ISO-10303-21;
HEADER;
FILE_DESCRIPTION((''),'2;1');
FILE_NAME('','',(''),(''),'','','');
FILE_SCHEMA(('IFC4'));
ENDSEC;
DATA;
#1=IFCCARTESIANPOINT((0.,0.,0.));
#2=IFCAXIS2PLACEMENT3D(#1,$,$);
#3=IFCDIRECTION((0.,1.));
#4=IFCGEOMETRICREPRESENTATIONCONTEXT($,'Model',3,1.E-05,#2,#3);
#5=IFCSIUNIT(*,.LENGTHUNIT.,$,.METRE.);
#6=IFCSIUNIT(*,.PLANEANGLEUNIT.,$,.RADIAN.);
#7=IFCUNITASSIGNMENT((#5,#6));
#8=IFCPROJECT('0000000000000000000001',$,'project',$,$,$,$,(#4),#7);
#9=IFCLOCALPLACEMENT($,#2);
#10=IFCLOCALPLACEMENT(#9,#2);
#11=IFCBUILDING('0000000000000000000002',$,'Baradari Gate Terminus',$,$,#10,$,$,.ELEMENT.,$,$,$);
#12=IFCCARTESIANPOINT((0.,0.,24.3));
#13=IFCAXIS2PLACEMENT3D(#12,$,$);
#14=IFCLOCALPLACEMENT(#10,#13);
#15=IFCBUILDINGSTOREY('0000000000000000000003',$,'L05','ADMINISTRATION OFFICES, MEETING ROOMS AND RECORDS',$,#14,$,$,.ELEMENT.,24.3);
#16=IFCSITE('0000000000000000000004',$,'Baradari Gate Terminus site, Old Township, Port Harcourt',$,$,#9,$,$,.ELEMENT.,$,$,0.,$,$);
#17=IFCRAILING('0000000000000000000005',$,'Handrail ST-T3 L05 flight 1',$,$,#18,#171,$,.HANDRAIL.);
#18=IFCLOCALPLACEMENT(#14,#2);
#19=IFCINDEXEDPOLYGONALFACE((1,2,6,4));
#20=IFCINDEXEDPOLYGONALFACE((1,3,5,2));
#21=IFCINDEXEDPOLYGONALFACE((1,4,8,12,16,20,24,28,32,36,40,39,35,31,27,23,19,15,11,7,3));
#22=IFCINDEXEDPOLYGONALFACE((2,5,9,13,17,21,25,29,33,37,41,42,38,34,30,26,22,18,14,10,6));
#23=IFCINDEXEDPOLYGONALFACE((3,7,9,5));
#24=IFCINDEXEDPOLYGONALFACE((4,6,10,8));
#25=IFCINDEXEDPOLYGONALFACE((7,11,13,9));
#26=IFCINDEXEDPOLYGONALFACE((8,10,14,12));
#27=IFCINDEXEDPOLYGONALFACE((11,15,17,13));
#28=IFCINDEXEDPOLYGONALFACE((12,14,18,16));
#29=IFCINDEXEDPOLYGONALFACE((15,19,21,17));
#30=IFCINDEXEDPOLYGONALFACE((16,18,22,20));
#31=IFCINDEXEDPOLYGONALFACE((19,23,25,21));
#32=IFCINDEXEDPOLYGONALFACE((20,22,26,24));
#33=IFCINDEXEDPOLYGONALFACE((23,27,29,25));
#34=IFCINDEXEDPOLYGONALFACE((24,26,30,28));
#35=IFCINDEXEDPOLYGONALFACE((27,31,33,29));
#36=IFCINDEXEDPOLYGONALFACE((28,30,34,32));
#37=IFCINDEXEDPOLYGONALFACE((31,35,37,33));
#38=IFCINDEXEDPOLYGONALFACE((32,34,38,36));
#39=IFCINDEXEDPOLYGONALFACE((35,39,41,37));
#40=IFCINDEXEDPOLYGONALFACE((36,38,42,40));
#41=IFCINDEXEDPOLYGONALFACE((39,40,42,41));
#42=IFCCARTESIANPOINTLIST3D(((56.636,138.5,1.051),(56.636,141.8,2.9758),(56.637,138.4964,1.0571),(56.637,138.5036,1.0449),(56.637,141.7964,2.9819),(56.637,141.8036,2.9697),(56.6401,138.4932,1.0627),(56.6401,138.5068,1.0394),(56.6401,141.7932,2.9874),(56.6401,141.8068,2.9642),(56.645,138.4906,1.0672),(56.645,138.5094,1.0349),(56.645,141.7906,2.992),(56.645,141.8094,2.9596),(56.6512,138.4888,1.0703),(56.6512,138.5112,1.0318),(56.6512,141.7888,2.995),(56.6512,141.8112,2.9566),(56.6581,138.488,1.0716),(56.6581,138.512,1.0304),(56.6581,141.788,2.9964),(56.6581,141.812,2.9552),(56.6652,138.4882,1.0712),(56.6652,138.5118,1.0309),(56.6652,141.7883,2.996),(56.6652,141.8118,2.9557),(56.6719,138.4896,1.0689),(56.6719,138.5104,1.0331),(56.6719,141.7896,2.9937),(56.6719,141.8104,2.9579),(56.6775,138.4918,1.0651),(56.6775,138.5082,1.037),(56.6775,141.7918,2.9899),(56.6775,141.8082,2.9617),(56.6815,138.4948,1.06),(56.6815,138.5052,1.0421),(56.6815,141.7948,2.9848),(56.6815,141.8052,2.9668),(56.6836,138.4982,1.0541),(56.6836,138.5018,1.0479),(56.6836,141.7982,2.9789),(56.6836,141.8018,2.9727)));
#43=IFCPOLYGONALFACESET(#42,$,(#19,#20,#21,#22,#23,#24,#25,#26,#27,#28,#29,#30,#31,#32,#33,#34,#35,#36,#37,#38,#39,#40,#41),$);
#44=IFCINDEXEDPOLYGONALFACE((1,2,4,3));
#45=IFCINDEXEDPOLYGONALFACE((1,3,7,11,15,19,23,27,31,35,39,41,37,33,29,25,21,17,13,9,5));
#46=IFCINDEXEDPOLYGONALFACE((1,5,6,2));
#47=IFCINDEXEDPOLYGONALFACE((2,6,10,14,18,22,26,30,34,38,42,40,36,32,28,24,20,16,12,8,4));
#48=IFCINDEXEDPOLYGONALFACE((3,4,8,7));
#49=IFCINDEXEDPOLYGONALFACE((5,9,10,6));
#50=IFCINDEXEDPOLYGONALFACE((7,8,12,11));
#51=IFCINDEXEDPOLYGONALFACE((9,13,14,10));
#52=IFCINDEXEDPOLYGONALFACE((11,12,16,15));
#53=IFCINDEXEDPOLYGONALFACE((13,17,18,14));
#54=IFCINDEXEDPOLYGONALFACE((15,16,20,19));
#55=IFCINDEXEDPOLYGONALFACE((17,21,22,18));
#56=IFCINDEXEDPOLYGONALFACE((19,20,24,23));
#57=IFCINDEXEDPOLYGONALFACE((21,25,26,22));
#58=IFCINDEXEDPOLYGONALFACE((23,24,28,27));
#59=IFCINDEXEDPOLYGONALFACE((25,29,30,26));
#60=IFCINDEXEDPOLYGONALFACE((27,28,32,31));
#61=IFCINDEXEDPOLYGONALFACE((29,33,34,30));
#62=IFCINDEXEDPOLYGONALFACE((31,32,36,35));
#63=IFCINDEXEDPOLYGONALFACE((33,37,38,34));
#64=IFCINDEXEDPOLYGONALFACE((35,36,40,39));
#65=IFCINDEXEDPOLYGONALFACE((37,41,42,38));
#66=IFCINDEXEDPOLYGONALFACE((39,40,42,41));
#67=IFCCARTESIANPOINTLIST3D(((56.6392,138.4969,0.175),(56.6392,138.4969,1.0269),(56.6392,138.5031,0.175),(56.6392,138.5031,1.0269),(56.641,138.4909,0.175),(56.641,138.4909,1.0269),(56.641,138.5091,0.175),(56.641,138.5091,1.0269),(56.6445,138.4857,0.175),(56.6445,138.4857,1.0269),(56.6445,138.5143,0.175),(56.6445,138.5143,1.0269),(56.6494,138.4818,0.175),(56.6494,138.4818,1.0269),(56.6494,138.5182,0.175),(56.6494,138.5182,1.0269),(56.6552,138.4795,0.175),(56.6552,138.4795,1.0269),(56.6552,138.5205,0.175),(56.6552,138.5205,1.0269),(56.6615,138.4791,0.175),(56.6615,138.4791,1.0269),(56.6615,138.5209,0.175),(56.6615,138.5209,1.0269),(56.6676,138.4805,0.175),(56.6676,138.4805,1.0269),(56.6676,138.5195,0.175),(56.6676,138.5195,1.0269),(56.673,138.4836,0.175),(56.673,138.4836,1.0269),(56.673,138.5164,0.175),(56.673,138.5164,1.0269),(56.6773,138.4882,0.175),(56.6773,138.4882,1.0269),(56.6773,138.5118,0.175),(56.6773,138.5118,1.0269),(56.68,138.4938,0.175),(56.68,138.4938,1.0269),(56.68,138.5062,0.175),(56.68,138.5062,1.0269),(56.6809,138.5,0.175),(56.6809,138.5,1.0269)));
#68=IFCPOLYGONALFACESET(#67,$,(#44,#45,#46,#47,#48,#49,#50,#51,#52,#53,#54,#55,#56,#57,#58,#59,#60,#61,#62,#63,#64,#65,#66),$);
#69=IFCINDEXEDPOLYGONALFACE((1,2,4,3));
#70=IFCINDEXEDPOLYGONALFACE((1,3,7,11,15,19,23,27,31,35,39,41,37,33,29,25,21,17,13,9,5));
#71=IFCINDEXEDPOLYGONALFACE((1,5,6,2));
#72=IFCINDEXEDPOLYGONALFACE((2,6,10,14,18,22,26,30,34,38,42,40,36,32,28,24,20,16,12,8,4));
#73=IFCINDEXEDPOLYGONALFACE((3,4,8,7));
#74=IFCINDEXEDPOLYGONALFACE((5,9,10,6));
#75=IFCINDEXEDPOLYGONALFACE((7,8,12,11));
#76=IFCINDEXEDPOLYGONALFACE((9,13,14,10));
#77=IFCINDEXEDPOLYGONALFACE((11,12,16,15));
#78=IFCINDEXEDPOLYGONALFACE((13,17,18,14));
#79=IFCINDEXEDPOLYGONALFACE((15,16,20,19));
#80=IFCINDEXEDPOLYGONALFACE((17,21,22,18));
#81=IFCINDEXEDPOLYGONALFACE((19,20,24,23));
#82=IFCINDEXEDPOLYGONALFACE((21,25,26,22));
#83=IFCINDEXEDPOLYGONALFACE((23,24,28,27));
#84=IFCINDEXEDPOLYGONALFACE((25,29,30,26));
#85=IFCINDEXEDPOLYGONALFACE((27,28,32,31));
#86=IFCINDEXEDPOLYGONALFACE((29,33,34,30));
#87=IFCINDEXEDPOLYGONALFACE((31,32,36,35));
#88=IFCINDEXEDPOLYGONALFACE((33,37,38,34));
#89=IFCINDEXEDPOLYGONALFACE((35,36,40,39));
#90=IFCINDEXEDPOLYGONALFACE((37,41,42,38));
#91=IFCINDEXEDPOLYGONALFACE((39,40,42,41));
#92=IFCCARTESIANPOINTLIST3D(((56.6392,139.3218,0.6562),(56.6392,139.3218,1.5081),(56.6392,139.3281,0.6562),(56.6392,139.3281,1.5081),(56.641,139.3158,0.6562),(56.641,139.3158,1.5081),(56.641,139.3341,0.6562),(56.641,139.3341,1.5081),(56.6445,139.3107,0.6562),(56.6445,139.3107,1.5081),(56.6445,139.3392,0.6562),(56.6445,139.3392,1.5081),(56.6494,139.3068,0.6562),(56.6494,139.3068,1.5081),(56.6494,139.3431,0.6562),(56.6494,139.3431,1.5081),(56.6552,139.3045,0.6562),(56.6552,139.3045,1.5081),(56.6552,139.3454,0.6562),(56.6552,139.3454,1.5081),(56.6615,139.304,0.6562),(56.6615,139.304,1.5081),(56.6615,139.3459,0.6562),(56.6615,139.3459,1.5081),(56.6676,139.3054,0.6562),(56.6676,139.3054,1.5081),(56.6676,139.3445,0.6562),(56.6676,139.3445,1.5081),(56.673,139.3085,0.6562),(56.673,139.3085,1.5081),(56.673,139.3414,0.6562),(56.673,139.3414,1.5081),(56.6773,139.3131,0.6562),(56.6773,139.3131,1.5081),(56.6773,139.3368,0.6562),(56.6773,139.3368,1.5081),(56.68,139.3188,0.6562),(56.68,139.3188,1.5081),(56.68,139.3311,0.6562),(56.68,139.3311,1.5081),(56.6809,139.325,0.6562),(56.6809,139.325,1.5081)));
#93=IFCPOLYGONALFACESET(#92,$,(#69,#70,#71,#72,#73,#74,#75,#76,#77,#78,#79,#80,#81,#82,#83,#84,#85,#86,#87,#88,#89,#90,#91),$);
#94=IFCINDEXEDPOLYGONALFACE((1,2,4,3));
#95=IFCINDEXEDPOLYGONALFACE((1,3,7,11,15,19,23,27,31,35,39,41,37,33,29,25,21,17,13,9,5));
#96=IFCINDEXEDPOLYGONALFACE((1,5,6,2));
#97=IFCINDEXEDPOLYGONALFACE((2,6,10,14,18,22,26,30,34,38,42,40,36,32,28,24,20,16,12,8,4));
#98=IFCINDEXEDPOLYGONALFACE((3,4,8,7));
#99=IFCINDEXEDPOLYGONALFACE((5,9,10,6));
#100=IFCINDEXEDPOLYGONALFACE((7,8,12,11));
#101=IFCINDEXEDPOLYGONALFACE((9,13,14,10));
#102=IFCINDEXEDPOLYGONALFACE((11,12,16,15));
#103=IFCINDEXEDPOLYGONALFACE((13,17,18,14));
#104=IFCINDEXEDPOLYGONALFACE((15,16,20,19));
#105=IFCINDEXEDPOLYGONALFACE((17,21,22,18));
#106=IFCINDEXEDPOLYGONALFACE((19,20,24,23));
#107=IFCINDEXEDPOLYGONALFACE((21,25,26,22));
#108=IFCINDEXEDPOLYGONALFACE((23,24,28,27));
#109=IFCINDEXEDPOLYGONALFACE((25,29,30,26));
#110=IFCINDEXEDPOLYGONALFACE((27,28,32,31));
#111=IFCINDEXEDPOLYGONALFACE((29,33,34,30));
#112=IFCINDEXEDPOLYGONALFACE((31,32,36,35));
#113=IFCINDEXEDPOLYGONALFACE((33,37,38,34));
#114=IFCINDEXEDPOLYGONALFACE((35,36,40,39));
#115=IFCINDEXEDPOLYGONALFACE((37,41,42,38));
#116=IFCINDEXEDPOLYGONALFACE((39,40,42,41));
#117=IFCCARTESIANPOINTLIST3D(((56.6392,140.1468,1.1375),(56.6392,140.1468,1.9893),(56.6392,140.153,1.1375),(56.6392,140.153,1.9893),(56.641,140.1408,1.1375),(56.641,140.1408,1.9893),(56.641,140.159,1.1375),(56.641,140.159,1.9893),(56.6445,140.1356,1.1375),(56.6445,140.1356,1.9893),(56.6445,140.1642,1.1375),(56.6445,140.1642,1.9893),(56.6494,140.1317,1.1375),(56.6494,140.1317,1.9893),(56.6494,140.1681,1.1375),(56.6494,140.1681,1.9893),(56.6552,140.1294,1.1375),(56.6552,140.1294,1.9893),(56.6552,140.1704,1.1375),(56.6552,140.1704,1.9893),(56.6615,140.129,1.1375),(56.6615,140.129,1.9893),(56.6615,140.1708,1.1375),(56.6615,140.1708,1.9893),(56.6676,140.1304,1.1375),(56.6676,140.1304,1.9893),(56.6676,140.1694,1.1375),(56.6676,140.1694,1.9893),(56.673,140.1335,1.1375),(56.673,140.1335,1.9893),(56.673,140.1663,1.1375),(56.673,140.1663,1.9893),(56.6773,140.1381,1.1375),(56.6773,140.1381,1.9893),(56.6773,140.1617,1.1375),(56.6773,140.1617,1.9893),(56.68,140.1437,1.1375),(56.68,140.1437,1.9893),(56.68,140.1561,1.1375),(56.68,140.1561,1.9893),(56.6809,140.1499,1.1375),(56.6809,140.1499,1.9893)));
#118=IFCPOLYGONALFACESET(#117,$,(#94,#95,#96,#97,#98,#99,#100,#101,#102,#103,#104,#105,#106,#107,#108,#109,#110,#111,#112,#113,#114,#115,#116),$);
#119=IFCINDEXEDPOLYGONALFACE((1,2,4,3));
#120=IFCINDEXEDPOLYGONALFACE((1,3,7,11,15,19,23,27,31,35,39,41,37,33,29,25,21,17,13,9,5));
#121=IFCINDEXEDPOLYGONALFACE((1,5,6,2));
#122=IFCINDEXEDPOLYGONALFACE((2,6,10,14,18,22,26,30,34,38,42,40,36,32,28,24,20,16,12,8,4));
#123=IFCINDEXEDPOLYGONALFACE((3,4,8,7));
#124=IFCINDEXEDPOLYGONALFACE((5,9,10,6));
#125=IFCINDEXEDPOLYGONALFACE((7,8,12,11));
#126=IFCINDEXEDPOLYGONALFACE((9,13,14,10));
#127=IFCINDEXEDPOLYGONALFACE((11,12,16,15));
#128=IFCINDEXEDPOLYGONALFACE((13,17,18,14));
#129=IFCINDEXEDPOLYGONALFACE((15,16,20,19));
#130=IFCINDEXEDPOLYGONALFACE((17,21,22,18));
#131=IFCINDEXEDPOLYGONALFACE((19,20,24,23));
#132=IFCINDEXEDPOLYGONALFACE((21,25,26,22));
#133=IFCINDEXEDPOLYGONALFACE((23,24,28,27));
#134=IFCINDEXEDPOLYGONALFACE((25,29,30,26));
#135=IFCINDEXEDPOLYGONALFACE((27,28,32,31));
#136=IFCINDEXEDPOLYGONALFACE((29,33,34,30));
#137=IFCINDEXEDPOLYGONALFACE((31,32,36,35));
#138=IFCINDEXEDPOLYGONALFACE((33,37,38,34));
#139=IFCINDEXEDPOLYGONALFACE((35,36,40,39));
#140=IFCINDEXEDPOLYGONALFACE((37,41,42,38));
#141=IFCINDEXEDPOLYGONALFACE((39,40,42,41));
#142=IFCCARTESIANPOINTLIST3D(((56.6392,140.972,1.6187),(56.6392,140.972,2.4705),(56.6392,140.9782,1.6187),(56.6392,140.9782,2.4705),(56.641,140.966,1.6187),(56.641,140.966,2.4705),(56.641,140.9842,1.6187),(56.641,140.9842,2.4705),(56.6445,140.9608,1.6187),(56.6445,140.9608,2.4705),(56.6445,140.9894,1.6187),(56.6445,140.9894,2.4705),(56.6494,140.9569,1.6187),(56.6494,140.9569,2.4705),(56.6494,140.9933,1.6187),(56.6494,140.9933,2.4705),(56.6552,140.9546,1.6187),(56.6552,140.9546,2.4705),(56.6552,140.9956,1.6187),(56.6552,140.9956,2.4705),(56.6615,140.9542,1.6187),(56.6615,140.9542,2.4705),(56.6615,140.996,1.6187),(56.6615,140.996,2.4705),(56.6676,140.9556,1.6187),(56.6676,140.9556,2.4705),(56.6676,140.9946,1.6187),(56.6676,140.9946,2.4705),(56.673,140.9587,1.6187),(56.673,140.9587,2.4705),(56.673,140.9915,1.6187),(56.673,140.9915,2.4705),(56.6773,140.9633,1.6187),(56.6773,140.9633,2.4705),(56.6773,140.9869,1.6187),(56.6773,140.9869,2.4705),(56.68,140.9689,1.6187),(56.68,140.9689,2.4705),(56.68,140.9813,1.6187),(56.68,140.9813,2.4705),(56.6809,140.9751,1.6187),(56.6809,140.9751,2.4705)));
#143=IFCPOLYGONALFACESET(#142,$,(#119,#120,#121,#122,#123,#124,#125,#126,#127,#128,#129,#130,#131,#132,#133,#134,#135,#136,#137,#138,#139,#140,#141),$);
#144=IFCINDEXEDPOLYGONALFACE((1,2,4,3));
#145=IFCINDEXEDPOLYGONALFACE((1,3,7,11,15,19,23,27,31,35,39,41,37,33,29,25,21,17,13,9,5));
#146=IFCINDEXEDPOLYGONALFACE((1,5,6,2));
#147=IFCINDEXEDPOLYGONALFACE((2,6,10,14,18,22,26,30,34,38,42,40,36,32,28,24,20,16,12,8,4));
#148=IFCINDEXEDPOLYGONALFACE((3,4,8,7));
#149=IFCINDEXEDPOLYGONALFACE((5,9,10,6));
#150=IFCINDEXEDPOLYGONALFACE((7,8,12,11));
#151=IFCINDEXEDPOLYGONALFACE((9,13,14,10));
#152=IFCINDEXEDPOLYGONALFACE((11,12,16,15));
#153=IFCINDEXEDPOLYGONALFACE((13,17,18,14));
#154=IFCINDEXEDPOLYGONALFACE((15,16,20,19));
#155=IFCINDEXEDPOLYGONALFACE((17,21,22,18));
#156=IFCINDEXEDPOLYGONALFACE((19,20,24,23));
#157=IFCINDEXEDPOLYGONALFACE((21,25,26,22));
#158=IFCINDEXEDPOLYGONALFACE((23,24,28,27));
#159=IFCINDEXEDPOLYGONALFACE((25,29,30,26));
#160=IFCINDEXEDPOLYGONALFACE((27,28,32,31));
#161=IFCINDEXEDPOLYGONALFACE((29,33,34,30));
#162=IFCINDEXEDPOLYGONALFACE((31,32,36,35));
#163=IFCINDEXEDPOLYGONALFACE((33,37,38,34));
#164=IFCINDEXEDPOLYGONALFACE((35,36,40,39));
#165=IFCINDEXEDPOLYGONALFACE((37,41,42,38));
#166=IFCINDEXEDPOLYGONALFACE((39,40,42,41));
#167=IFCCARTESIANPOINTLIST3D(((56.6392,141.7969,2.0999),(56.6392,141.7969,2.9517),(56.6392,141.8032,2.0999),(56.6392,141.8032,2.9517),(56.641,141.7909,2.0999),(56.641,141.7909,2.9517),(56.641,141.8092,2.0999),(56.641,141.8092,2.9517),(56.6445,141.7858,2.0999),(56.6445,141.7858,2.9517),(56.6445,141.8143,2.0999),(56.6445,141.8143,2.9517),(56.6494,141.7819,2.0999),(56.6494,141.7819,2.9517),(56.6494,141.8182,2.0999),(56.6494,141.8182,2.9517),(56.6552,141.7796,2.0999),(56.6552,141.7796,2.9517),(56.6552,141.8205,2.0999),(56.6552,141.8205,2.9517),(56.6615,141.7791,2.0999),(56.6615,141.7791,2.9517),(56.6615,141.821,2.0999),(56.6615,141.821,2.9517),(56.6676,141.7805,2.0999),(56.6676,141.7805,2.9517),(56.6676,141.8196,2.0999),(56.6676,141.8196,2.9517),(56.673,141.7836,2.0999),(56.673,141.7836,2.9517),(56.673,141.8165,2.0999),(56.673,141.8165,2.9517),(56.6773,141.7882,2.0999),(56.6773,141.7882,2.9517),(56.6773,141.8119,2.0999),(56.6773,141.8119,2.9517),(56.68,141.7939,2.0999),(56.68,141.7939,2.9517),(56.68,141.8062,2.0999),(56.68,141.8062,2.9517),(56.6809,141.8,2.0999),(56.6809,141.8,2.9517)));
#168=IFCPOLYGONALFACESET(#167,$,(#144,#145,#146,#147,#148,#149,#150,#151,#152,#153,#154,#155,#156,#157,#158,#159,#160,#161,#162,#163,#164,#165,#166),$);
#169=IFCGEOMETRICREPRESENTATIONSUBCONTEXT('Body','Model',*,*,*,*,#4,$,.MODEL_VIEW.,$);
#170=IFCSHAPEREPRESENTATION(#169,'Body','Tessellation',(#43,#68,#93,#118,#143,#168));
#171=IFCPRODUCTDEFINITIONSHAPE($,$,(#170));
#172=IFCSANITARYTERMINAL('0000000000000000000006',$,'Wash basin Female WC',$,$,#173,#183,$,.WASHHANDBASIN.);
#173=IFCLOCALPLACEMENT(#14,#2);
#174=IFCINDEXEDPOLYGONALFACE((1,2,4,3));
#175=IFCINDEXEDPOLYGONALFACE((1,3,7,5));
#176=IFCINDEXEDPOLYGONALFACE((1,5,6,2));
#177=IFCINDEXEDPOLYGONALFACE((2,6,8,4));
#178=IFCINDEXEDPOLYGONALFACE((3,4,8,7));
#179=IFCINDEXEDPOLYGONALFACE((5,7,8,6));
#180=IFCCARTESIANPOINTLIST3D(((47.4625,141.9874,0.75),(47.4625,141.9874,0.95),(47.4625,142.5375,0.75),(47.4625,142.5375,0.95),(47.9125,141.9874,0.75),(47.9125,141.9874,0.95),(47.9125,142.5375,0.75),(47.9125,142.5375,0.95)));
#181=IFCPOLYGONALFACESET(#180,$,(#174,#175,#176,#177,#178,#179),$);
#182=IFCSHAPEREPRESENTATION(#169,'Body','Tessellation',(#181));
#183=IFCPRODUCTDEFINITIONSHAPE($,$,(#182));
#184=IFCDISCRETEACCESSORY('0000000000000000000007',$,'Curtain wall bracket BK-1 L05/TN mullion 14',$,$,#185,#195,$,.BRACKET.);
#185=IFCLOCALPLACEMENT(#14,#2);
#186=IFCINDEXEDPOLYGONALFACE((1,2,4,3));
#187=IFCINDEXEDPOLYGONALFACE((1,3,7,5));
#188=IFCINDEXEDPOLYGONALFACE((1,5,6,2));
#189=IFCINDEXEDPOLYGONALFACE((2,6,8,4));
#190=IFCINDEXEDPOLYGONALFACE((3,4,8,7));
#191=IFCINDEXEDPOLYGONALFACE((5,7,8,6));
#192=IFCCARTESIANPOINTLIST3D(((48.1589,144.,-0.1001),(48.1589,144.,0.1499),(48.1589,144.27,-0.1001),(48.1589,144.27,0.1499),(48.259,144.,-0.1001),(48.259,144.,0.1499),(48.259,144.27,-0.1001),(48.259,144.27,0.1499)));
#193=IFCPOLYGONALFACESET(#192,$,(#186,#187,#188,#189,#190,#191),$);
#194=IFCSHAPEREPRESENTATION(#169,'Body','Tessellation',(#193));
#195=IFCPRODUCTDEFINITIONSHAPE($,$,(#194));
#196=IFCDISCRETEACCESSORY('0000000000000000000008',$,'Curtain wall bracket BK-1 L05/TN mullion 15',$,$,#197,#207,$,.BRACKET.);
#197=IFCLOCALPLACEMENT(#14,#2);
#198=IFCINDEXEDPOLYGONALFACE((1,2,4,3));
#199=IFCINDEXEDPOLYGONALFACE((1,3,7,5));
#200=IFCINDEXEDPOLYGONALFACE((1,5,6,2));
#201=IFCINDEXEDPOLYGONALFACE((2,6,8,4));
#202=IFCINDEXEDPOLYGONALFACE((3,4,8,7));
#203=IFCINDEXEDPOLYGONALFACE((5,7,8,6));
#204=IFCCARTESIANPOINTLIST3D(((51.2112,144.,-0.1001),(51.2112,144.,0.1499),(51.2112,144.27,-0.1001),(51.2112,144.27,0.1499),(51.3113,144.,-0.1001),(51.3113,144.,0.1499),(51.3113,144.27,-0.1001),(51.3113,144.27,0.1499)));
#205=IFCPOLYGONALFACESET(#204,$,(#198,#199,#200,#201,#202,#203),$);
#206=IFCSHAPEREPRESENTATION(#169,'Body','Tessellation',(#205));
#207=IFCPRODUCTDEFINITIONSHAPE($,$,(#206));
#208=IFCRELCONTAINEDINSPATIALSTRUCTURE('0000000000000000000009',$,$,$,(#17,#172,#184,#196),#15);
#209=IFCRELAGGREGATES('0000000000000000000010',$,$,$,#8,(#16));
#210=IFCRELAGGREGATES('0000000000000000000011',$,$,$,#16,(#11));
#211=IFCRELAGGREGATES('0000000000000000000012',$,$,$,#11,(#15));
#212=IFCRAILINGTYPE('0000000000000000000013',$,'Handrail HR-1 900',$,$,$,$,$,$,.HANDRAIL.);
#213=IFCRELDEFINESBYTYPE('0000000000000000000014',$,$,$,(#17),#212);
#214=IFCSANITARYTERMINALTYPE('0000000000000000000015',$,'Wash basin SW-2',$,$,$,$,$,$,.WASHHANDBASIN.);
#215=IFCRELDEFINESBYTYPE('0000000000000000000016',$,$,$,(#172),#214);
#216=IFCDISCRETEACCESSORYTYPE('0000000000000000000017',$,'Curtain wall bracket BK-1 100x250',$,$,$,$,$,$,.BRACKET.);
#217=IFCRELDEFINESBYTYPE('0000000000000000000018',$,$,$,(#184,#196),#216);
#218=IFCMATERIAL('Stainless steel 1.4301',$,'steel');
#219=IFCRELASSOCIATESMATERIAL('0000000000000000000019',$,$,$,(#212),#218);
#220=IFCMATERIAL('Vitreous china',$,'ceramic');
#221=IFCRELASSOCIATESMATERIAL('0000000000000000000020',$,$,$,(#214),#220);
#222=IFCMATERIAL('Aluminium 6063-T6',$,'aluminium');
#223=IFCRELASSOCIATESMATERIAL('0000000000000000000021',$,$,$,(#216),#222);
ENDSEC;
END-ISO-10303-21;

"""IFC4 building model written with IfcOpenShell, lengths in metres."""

from ifc_helpers import new_model, si_unit, direction, frame, origin, origin_2d, place, context, subcontext, project, spatial, rectangle, circle, extrude, material, type_object, element, save


model = new_model("IFC4")

# Units and contexts
model_context = context("Model", 3, precision=1e-05, world=origin(), true_north=direction((0.0, 1.0)))
body_context = subcontext(model_context, "Body", "Model", "MODEL_VIEW")
ifc_project = project(units=[si_unit("LENGTHUNIT", "METRE"), si_unit("PLANEANGLEUNIT", "RADIAN")], contexts=[model_context])

# Site, building, storey
site_placement = place(None, origin())
site = spatial("IfcSite", under=ifc_project, at=site_placement, Name="Baradari Gate Terminus site, Old Township, Port Harcourt", CompositionType="ELEMENT", RefElevation=0.0)
building_placement = place(site_placement, origin())
building = spatial("IfcBuilding", under=site, at=building_placement, Name="Baradari Gate Terminus", CompositionType="ELEMENT")
storey_placement = place(building_placement, frame((0.0, 0.0, 24.3)))
storey = spatial("IfcBuildingStorey", under=building, at=storey_placement, Name="L05", Description="ADMINISTRATION OFFICES, MEETING ROOMS AND RECORDS", CompositionType="ELEMENT", Elevation=24.3)

# Railing
ifc_material_1 = material(Name="Stainless steel 1.4301", Category="steel")
railing_type = type_object("IfcRailingType", Name="Handrail HR-1 900", PredefinedType="HANDRAIL", material=ifc_material_1)
railing_placement = place(storey_placement, frame((56.6599, 138.5, 0.175)))
element("IfcRailing", 1, at=railing_placement, inside=storey, type_object=railing_type, Name="Handrail ST-T3 L05 flight 1", PredefinedType="HANDRAIL", context=body_context, shape_type="SweptSolid", body=[
    extrude(circle(Radius=0.0239, at=origin_2d()), frame((0.0, 0.0, 0.876), z_axis=(0.0, 0.863804, 0.503827), x_axis=(-1.0, 0.0, 0.0)), (0.0, 0.0, 1.0), 3.8203),
    extrude(circle(Radius=0.021, at=origin_2d()), origin(), (0.0, 0.0, 1.0), 0.8518),
    extrude(circle(Radius=0.021, at=origin_2d()), frame((0.0, 0.825, 0.4812)), (0.0, 0.0, 1.0), 0.8518),
    extrude(circle(Radius=0.021, at=origin_2d()), frame((0.0, 1.6499, 0.9624)), (0.0, 0.0, 1.0), 0.8518),
    extrude(circle(Radius=0.021, at=origin_2d()), frame((0.0, 2.4751, 1.4436)), (0.0, 0.0, 1.0), 0.8518),
    extrude(circle(Radius=0.021, at=origin_2d()), frame((0.0, 3.3, 1.9248)), (0.0, 0.0, 1.0), 0.8518),
])

# Sanitary terminal
ifc_material_2 = material(Name="Vitreous china", Category="ceramic")
sanitary_terminal_type = type_object("IfcSanitaryTerminalType", Name="Wash basin SW-2", PredefinedType="WASHHANDBASIN", material=ifc_material_2)
sanitary_terminal_placement = place(storey_placement, frame((47.6875, 142.2625, 0.75), z_axis=(0.0, 0.0, 1.0), x_axis=(1.0, 0.0, 0.0)))
element("IfcSanitaryTerminal", 2, at=sanitary_terminal_placement, inside=storey, type_object=sanitary_terminal_type, Name="Wash basin Female WC", PredefinedType="WASHHANDBASIN", context=body_context, shape_type="SweptSolid", body=[
    extrude(rectangle(XDim=0.45, YDim=0.55, at=origin_2d()), origin(), (0.0, 0.0, 1.0), 0.2),
])

# Discrete accessories
ifc_material_3 = material(Name="Aluminium 6063-T6", Category="aluminium")
discrete_accessory_type = type_object("IfcDiscreteAccessoryType", Name="Curtain wall bracket BK-1 100x250", PredefinedType="BRACKET", material=ifc_material_3)
for number, where, z_axis, x_axis, name in (
    (3, (48.209, 144.135, -0.1001), (0.0, 0.0, 1.0), (0.0, 1.0, 0.0), "Curtain wall bracket BK-1 L05/TN mullion 14"),
    (4, (51.2612, 144.135, -0.1001), (0.0, 0.0, 1.0), (0.0, 1.0, 0.0), "Curtain wall bracket BK-1 L05/TN mullion 15"),
):
    element("IfcDiscreteAccessory", number, at=place(storey_placement, frame(where, z_axis=z_axis, x_axis=x_axis)), inside=storey, type_object=discrete_accessory_type, Name=name, PredefinedType="BRACKET", context=body_context, shape_type="SweptSolid", body=[
        extrude(rectangle(XDim=0.27, YDim=0.1001, at=origin_2d()), origin(), (0.0, 0.0, 1.0), 0.25),
    ])

save(model, "model.ifc")
